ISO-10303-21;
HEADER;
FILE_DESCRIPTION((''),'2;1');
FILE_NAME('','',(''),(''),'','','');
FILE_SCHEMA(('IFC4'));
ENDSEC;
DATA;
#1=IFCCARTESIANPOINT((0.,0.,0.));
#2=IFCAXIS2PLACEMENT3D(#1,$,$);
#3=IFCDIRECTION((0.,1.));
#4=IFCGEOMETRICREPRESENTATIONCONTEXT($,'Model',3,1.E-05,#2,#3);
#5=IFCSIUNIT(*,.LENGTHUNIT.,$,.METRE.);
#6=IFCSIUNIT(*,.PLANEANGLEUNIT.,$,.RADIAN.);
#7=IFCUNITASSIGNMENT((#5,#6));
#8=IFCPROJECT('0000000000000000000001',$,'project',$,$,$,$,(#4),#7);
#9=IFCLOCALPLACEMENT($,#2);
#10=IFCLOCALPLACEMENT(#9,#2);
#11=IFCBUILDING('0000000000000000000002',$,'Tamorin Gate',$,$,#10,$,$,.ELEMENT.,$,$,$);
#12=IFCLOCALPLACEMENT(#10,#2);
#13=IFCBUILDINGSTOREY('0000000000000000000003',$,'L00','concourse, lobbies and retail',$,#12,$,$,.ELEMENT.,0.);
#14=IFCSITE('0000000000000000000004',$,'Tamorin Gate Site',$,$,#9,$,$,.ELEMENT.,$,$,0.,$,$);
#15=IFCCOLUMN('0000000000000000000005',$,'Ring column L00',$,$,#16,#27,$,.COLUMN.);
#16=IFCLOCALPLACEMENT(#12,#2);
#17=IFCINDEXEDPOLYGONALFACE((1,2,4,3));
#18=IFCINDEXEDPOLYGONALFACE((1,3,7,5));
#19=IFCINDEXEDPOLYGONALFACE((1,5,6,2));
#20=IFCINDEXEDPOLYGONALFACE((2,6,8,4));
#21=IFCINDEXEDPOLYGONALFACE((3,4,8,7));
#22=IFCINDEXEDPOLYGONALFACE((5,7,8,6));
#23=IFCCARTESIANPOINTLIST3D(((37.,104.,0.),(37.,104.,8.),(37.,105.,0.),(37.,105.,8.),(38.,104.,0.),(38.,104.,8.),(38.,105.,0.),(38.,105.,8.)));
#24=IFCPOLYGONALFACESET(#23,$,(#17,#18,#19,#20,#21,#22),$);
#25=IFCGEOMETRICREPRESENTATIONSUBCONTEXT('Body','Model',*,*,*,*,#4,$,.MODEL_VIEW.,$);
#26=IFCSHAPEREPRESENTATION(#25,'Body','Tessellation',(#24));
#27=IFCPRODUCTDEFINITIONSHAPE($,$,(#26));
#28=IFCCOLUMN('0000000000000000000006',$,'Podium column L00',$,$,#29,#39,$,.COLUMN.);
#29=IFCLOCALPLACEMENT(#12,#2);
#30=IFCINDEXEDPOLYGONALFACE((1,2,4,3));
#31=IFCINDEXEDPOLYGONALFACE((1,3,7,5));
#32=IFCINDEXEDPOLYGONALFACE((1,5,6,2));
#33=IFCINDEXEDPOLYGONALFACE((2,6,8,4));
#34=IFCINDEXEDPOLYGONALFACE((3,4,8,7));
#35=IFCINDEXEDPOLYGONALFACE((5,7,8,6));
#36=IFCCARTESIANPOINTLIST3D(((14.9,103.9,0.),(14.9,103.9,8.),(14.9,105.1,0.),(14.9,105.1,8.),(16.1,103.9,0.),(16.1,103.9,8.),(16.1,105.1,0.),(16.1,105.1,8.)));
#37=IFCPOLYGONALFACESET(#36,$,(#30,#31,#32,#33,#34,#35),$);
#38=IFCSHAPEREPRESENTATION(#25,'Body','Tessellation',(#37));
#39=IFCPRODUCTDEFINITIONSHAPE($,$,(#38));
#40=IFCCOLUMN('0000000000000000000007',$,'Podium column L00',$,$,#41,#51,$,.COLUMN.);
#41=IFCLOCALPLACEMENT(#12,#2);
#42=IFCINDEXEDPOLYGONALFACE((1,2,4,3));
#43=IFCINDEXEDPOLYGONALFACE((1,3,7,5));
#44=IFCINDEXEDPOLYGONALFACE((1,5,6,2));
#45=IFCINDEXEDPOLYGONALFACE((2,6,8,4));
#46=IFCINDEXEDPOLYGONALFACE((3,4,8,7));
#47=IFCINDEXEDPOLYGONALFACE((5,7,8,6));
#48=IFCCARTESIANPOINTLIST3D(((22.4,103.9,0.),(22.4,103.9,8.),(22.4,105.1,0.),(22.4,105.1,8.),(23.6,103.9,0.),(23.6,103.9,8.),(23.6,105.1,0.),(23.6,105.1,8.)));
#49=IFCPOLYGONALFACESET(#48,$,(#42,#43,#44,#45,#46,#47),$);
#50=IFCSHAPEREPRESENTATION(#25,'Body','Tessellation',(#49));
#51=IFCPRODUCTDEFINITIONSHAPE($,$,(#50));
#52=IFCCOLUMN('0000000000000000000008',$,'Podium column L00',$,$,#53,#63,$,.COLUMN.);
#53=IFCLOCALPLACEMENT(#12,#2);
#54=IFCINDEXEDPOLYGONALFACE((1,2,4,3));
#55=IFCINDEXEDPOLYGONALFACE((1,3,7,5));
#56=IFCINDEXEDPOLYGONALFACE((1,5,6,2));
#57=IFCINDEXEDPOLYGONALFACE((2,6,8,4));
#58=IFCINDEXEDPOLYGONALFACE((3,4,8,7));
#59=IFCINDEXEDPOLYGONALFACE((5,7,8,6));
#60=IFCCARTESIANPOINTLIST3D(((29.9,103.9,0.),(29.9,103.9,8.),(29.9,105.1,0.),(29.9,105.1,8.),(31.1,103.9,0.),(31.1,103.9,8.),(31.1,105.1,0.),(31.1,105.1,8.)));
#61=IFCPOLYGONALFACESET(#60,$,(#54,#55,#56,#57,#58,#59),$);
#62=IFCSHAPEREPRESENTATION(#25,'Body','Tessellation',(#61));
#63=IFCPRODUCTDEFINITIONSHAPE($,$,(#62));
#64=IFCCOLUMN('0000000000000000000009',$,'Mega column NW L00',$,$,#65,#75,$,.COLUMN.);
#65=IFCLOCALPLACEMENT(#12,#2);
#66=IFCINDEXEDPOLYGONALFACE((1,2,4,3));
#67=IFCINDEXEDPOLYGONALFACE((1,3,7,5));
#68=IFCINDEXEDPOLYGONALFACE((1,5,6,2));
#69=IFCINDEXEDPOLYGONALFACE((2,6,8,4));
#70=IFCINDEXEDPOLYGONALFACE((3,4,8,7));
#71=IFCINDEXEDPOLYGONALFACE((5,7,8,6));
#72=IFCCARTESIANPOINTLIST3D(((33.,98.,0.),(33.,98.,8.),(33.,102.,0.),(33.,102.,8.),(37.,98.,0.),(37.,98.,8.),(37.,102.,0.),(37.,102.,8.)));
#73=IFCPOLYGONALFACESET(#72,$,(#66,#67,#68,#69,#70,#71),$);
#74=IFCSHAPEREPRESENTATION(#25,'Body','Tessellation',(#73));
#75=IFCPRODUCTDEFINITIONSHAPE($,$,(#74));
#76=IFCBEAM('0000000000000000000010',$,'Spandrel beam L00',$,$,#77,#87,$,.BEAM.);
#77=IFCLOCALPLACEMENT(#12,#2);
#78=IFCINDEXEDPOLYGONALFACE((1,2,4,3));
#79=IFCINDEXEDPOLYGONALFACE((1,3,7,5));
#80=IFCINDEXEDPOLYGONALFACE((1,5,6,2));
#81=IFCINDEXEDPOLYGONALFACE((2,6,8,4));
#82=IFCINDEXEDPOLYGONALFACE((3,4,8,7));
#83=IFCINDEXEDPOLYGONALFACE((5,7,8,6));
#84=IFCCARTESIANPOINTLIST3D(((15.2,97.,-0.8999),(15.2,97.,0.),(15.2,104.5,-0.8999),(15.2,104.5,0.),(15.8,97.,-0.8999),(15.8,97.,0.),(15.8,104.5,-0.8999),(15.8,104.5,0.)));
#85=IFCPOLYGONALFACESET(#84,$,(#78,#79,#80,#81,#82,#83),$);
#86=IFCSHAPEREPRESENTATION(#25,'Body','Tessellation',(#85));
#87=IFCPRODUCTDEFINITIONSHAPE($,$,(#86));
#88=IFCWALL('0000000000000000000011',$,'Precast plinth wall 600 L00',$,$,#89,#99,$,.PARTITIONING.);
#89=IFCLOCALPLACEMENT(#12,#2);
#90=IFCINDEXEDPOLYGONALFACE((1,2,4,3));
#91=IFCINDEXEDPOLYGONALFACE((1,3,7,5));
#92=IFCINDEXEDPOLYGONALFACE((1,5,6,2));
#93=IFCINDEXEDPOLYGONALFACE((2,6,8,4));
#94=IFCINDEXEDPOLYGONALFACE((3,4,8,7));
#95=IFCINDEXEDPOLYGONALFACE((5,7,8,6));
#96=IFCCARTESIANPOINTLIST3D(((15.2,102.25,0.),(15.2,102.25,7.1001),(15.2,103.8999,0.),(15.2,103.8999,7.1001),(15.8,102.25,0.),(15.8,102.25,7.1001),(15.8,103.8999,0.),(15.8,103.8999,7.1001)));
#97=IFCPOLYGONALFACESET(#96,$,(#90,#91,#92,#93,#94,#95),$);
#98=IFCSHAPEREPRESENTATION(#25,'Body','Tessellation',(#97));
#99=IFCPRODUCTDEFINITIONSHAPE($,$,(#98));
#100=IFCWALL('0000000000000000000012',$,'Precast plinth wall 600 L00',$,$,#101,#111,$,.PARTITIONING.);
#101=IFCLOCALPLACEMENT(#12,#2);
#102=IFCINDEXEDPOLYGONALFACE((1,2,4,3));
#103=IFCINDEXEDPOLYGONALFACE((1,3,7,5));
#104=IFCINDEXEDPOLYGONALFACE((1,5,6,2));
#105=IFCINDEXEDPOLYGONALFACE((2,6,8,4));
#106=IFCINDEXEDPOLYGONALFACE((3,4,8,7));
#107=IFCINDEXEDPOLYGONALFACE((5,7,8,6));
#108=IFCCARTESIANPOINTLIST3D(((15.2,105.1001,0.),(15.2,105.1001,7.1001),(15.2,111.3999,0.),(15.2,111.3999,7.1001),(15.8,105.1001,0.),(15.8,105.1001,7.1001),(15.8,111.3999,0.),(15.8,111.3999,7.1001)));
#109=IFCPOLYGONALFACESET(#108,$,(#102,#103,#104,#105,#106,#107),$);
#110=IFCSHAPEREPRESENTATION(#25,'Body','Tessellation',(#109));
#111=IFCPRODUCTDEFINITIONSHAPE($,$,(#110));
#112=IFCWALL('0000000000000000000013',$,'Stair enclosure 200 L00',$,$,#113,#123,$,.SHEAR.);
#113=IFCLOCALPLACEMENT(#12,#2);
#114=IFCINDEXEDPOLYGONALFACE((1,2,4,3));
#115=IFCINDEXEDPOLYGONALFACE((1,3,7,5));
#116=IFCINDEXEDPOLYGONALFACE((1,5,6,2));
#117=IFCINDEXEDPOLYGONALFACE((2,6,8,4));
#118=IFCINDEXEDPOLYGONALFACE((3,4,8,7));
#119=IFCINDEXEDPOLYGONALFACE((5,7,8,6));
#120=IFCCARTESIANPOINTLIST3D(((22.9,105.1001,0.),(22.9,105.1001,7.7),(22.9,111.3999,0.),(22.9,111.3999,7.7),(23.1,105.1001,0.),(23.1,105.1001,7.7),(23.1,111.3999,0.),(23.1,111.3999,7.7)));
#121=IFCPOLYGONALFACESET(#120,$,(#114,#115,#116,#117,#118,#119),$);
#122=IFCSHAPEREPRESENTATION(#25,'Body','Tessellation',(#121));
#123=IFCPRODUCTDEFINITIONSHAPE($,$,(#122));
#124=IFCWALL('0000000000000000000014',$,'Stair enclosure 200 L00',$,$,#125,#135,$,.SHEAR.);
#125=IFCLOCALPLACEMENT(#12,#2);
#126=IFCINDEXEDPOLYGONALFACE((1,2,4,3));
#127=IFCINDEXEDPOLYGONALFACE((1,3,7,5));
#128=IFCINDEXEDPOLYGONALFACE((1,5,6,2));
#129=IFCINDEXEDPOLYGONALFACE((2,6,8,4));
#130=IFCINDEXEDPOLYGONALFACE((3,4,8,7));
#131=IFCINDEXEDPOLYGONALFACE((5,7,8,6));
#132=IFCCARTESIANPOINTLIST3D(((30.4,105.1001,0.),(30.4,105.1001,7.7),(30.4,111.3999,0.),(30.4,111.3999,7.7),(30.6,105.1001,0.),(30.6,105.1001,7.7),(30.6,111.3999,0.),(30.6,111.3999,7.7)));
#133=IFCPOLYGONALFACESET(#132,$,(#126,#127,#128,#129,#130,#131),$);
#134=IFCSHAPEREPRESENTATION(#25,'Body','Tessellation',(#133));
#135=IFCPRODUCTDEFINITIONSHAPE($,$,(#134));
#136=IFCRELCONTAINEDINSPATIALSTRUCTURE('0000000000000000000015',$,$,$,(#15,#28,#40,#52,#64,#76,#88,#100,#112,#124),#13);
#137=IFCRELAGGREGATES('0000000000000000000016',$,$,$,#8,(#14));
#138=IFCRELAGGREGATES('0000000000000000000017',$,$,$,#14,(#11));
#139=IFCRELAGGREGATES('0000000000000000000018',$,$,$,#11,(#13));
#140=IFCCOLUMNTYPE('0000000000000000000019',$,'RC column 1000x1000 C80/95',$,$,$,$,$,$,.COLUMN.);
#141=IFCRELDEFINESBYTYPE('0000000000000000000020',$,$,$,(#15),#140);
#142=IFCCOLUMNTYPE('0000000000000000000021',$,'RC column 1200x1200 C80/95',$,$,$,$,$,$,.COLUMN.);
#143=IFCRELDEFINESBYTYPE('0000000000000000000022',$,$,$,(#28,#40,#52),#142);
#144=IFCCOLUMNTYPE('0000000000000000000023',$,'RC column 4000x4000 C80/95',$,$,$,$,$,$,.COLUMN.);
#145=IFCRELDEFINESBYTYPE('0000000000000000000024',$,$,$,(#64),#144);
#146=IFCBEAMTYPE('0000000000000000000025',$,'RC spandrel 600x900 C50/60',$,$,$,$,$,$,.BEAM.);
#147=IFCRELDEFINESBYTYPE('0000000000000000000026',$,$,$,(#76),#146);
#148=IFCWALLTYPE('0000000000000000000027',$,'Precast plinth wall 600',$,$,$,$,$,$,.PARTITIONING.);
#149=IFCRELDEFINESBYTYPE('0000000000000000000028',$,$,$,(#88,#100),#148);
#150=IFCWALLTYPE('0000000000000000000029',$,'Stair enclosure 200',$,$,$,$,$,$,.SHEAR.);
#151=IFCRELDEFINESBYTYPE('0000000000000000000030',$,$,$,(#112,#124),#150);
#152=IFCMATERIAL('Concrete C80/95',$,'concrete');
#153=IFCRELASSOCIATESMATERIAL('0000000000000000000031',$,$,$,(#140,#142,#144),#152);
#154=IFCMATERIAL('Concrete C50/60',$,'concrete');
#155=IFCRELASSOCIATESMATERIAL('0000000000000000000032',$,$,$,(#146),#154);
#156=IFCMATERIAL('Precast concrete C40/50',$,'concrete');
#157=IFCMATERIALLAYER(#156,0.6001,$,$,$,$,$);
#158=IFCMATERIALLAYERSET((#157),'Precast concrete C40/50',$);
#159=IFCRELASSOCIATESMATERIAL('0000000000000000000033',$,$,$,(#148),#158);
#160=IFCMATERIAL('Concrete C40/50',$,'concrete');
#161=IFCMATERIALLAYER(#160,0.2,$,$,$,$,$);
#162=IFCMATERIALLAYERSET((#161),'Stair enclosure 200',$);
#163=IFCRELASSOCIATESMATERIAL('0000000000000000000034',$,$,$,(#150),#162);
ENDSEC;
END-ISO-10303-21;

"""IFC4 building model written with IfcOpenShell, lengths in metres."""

from ifc_helpers import new_model, si_unit, direction, frame, frame_2d, origin, origin_2d, place, context, subcontext, project, spatial, rectangle, extrude, material, layer, layer_set, material_profile, profile_set, type_object, element, save


model = new_model("IFC4")

# Units and contexts
model_context = context("Model", 3, precision=1e-05, world=origin(), true_north=direction((0.0, 1.0)))
body_context = subcontext(model_context, "Body", "Model", "MODEL_VIEW")
ifc_project = project(units=[si_unit("LENGTHUNIT", "METRE"), si_unit("PLANEANGLEUNIT", "RADIAN")], contexts=[model_context])

# Site, building, storey
site_placement = place(None, origin())
site = spatial("IfcSite", under=ifc_project, at=site_placement, Name="Tamorin Gate Site", CompositionType="ELEMENT", RefElevation=0.0)
building_placement = place(site_placement, origin())
building = spatial("IfcBuilding", under=site, at=building_placement, Name="Tamorin Gate", CompositionType="ELEMENT")
storey_placement = place(building_placement, origin())
storey = spatial("IfcBuildingStorey", under=building, at=storey_placement, Name="L00", Description="concourse, lobbies and retail", CompositionType="ELEMENT", Elevation=0.0)

# Columns
ifc_material_1 = material(Name="Concrete C80/95", Category="concrete")
ifc_material_profile_1 = material_profile(ifc_material_1, rectangle(XDim=1.0, YDim=1.0, at=origin_2d()), Name="RC 1000x1000")
ifc_profile_set_1 = profile_set([ifc_material_profile_1], Name="Concrete C80/95")
column_type_1 = type_object("IfcColumnType", Name="RC column 1000x1000 C80/95", PredefinedType="COLUMN", material=ifc_profile_set_1)
column_1_placement = place(storey_placement, frame((37.5, 104.5, 0.0), z_axis=(0.0, 0.0, 1.0), x_axis=(1.0, 0.0, 0.0)))
element("IfcColumn", 1, at=column_1_placement, inside=storey, type_object=column_type_1, Name="Ring column L00", PredefinedType="COLUMN", context=body_context, shape_type="SweptSolid", body=[
    extrude(rectangle(XDim=1.0, YDim=1.0, at=origin_2d()), origin(), (0.0, 0.0, 1.0), 8.0),
])
ifc_material_profile_2 = material_profile(ifc_material_1, rectangle(XDim=1.2, YDim=1.2, at=origin_2d()), Name="RC 1200x1200")
ifc_profile_set_2 = profile_set([ifc_material_profile_2], Name="Concrete C80/95")
column_type_2 = type_object("IfcColumnType", Name="RC column 1200x1200 C80/95", PredefinedType="COLUMN", material=ifc_profile_set_2)
for number, where, z_axis, x_axis, name in (
    (2, (15.5, 104.5, 0.0), (0.0, 0.0, 1.0), (1.0, 0.0, 0.0), "Podium column L00"),
    (3, (23.0, 104.5, 0.0), (0.0, 0.0, 1.0), (1.0, 0.0, 0.0), "Podium column L00"),
    (4, (30.5, 104.5, 0.0), (0.0, 0.0, 1.0), (1.0, 0.0, 0.0), "Podium column L00"),
):
    element("IfcColumn", number, at=place(storey_placement, frame(where, z_axis=z_axis, x_axis=x_axis)), inside=storey, type_object=column_type_2, Name=name, PredefinedType="COLUMN", context=body_context, shape_type="SweptSolid", body=[
        extrude(rectangle(XDim=1.2, YDim=1.2, at=origin_2d()), origin(), (0.0, 0.0, 1.0), 8.0),
    ])
ifc_material_profile_3 = material_profile(ifc_material_1, rectangle(XDim=4.0, YDim=4.0, at=origin_2d()), Name="RC 4000x4000")
ifc_profile_set_3 = profile_set([ifc_material_profile_3], Name="Concrete C80/95")
column_type_3 = type_object("IfcColumnType", Name="RC column 4000x4000 C80/95", PredefinedType="COLUMN", material=ifc_profile_set_3)
column_2_placement = place(storey_placement, frame((35.0, 100.0, 0.0), z_axis=(0.0, 0.0, 1.0), x_axis=(1.0, 0.0, 0.0)))
element("IfcColumn", 5, at=column_2_placement, inside=storey, type_object=column_type_3, Name="Mega column NW L00", PredefinedType="COLUMN", context=body_context, shape_type="SweptSolid", body=[
    extrude(rectangle(XDim=4.0, YDim=4.0, at=origin_2d()), origin(), (0.0, 0.0, 1.0), 8.0),
])

# Beam
ifc_material_2 = material(Name="Concrete C50/60", Category="concrete")
ifc_material_profile_4 = material_profile(ifc_material_2, rectangle(XDim=0.6001, YDim=0.8999, at=origin_2d()), Name="RC 600x900")
ifc_profile_set_4 = profile_set([ifc_material_profile_4], Name="Concrete C50/60")
beam_type = type_object("IfcBeamType", Name="RC spandrel 600x900 C50/60", PredefinedType="BEAM", material=ifc_profile_set_4)
beam_placement = place(storey_placement, frame((15.5, 104.5, -0.45), z_axis=(0.0, -1.0, 0.0), x_axis=(1.0, 0.0, 0.0)))
element("IfcBeam", 6, at=beam_placement, inside=storey, type_object=beam_type, Name="Spandrel beam L00", PredefinedType="BEAM", context=body_context, shape_type="SweptSolid", body=[
    extrude(rectangle(XDim=0.6001, YDim=0.8999, at=origin_2d()), origin(), (0.0, 0.0, 1.0), 7.5),
])

# Walls
ifc_material_3 = material(Name="Precast concrete C40/50", Category="concrete")
ifc_layer_1 = layer(ifc_material_3, 0.6001)
ifc_layer_set_1 = layer_set([ifc_layer_1], Name="Precast concrete C40/50")
wall_type_1 = type_object("IfcWallType", Name="Precast plinth wall 600", PredefinedType="PARTITIONING", material=ifc_layer_set_1)
wall_1_placement = place(storey_placement, frame((15.5, 102.25, 0.0), z_axis=(0.0, 0.0, 1.0), x_axis=(0.0, 1.0, 0.0)))
element("IfcWall", 7, at=wall_1_placement, inside=storey, type_object=wall_type_1, Name="Precast plinth wall 600 L00", PredefinedType="PARTITIONING", context=body_context, shape_type="SweptSolid", body=[
    extrude(rectangle(XDim=1.6499, YDim=0.6001, at=frame_2d((0.825, 0.0))), origin(), (0.0, 0.0, 1.0), 7.1001),
])
wall_2_placement = place(storey_placement, frame((15.5, 105.1001, 0.0), z_axis=(0.0, 0.0, 1.0), x_axis=(0.0, 1.0, 0.0)))
element("IfcWall", 8, at=wall_2_placement, inside=storey, type_object=wall_type_1, Name="Precast plinth wall 600 L00", PredefinedType="PARTITIONING", context=body_context, shape_type="SweptSolid", body=[
    extrude(rectangle(XDim=6.2998, YDim=0.6001, at=frame_2d((3.1499, 0.0))), origin(), (0.0, 0.0, 1.0), 7.1001),
])
ifc_material_4 = material(Name="Concrete C40/50", Category="concrete")
ifc_layer_2 = layer(ifc_material_4, 0.2)
ifc_layer_set_2 = layer_set([ifc_layer_2], Name="Stair enclosure 200")
wall_type_2 = type_object("IfcWallType", Name="Stair enclosure 200", PredefinedType="SHEAR", material=ifc_layer_set_2)
for number, where, z_axis, x_axis, name in (
    (9, (23.0, 105.1001, 0.0), (0.0, 0.0, 1.0), (0.0, 1.0, 0.0), "Stair enclosure 200 L00"),
    (10, (30.5, 105.1001, 0.0), (0.0, 0.0, 1.0), (0.0, 1.0, 0.0), "Stair enclosure 200 L00"),
):
    element("IfcWall", number, at=place(storey_placement, frame(where, z_axis=z_axis, x_axis=x_axis)), inside=storey, type_object=wall_type_2, Name=name, PredefinedType="SHEAR", context=body_context, shape_type="SweptSolid", body=[
        extrude(rectangle(XDim=6.2998, YDim=0.2, at=frame_2d((3.1499, 0.0))), origin(), (0.0, 0.0, 1.0), 7.7),
    ])

save(model, "model.ifc")
